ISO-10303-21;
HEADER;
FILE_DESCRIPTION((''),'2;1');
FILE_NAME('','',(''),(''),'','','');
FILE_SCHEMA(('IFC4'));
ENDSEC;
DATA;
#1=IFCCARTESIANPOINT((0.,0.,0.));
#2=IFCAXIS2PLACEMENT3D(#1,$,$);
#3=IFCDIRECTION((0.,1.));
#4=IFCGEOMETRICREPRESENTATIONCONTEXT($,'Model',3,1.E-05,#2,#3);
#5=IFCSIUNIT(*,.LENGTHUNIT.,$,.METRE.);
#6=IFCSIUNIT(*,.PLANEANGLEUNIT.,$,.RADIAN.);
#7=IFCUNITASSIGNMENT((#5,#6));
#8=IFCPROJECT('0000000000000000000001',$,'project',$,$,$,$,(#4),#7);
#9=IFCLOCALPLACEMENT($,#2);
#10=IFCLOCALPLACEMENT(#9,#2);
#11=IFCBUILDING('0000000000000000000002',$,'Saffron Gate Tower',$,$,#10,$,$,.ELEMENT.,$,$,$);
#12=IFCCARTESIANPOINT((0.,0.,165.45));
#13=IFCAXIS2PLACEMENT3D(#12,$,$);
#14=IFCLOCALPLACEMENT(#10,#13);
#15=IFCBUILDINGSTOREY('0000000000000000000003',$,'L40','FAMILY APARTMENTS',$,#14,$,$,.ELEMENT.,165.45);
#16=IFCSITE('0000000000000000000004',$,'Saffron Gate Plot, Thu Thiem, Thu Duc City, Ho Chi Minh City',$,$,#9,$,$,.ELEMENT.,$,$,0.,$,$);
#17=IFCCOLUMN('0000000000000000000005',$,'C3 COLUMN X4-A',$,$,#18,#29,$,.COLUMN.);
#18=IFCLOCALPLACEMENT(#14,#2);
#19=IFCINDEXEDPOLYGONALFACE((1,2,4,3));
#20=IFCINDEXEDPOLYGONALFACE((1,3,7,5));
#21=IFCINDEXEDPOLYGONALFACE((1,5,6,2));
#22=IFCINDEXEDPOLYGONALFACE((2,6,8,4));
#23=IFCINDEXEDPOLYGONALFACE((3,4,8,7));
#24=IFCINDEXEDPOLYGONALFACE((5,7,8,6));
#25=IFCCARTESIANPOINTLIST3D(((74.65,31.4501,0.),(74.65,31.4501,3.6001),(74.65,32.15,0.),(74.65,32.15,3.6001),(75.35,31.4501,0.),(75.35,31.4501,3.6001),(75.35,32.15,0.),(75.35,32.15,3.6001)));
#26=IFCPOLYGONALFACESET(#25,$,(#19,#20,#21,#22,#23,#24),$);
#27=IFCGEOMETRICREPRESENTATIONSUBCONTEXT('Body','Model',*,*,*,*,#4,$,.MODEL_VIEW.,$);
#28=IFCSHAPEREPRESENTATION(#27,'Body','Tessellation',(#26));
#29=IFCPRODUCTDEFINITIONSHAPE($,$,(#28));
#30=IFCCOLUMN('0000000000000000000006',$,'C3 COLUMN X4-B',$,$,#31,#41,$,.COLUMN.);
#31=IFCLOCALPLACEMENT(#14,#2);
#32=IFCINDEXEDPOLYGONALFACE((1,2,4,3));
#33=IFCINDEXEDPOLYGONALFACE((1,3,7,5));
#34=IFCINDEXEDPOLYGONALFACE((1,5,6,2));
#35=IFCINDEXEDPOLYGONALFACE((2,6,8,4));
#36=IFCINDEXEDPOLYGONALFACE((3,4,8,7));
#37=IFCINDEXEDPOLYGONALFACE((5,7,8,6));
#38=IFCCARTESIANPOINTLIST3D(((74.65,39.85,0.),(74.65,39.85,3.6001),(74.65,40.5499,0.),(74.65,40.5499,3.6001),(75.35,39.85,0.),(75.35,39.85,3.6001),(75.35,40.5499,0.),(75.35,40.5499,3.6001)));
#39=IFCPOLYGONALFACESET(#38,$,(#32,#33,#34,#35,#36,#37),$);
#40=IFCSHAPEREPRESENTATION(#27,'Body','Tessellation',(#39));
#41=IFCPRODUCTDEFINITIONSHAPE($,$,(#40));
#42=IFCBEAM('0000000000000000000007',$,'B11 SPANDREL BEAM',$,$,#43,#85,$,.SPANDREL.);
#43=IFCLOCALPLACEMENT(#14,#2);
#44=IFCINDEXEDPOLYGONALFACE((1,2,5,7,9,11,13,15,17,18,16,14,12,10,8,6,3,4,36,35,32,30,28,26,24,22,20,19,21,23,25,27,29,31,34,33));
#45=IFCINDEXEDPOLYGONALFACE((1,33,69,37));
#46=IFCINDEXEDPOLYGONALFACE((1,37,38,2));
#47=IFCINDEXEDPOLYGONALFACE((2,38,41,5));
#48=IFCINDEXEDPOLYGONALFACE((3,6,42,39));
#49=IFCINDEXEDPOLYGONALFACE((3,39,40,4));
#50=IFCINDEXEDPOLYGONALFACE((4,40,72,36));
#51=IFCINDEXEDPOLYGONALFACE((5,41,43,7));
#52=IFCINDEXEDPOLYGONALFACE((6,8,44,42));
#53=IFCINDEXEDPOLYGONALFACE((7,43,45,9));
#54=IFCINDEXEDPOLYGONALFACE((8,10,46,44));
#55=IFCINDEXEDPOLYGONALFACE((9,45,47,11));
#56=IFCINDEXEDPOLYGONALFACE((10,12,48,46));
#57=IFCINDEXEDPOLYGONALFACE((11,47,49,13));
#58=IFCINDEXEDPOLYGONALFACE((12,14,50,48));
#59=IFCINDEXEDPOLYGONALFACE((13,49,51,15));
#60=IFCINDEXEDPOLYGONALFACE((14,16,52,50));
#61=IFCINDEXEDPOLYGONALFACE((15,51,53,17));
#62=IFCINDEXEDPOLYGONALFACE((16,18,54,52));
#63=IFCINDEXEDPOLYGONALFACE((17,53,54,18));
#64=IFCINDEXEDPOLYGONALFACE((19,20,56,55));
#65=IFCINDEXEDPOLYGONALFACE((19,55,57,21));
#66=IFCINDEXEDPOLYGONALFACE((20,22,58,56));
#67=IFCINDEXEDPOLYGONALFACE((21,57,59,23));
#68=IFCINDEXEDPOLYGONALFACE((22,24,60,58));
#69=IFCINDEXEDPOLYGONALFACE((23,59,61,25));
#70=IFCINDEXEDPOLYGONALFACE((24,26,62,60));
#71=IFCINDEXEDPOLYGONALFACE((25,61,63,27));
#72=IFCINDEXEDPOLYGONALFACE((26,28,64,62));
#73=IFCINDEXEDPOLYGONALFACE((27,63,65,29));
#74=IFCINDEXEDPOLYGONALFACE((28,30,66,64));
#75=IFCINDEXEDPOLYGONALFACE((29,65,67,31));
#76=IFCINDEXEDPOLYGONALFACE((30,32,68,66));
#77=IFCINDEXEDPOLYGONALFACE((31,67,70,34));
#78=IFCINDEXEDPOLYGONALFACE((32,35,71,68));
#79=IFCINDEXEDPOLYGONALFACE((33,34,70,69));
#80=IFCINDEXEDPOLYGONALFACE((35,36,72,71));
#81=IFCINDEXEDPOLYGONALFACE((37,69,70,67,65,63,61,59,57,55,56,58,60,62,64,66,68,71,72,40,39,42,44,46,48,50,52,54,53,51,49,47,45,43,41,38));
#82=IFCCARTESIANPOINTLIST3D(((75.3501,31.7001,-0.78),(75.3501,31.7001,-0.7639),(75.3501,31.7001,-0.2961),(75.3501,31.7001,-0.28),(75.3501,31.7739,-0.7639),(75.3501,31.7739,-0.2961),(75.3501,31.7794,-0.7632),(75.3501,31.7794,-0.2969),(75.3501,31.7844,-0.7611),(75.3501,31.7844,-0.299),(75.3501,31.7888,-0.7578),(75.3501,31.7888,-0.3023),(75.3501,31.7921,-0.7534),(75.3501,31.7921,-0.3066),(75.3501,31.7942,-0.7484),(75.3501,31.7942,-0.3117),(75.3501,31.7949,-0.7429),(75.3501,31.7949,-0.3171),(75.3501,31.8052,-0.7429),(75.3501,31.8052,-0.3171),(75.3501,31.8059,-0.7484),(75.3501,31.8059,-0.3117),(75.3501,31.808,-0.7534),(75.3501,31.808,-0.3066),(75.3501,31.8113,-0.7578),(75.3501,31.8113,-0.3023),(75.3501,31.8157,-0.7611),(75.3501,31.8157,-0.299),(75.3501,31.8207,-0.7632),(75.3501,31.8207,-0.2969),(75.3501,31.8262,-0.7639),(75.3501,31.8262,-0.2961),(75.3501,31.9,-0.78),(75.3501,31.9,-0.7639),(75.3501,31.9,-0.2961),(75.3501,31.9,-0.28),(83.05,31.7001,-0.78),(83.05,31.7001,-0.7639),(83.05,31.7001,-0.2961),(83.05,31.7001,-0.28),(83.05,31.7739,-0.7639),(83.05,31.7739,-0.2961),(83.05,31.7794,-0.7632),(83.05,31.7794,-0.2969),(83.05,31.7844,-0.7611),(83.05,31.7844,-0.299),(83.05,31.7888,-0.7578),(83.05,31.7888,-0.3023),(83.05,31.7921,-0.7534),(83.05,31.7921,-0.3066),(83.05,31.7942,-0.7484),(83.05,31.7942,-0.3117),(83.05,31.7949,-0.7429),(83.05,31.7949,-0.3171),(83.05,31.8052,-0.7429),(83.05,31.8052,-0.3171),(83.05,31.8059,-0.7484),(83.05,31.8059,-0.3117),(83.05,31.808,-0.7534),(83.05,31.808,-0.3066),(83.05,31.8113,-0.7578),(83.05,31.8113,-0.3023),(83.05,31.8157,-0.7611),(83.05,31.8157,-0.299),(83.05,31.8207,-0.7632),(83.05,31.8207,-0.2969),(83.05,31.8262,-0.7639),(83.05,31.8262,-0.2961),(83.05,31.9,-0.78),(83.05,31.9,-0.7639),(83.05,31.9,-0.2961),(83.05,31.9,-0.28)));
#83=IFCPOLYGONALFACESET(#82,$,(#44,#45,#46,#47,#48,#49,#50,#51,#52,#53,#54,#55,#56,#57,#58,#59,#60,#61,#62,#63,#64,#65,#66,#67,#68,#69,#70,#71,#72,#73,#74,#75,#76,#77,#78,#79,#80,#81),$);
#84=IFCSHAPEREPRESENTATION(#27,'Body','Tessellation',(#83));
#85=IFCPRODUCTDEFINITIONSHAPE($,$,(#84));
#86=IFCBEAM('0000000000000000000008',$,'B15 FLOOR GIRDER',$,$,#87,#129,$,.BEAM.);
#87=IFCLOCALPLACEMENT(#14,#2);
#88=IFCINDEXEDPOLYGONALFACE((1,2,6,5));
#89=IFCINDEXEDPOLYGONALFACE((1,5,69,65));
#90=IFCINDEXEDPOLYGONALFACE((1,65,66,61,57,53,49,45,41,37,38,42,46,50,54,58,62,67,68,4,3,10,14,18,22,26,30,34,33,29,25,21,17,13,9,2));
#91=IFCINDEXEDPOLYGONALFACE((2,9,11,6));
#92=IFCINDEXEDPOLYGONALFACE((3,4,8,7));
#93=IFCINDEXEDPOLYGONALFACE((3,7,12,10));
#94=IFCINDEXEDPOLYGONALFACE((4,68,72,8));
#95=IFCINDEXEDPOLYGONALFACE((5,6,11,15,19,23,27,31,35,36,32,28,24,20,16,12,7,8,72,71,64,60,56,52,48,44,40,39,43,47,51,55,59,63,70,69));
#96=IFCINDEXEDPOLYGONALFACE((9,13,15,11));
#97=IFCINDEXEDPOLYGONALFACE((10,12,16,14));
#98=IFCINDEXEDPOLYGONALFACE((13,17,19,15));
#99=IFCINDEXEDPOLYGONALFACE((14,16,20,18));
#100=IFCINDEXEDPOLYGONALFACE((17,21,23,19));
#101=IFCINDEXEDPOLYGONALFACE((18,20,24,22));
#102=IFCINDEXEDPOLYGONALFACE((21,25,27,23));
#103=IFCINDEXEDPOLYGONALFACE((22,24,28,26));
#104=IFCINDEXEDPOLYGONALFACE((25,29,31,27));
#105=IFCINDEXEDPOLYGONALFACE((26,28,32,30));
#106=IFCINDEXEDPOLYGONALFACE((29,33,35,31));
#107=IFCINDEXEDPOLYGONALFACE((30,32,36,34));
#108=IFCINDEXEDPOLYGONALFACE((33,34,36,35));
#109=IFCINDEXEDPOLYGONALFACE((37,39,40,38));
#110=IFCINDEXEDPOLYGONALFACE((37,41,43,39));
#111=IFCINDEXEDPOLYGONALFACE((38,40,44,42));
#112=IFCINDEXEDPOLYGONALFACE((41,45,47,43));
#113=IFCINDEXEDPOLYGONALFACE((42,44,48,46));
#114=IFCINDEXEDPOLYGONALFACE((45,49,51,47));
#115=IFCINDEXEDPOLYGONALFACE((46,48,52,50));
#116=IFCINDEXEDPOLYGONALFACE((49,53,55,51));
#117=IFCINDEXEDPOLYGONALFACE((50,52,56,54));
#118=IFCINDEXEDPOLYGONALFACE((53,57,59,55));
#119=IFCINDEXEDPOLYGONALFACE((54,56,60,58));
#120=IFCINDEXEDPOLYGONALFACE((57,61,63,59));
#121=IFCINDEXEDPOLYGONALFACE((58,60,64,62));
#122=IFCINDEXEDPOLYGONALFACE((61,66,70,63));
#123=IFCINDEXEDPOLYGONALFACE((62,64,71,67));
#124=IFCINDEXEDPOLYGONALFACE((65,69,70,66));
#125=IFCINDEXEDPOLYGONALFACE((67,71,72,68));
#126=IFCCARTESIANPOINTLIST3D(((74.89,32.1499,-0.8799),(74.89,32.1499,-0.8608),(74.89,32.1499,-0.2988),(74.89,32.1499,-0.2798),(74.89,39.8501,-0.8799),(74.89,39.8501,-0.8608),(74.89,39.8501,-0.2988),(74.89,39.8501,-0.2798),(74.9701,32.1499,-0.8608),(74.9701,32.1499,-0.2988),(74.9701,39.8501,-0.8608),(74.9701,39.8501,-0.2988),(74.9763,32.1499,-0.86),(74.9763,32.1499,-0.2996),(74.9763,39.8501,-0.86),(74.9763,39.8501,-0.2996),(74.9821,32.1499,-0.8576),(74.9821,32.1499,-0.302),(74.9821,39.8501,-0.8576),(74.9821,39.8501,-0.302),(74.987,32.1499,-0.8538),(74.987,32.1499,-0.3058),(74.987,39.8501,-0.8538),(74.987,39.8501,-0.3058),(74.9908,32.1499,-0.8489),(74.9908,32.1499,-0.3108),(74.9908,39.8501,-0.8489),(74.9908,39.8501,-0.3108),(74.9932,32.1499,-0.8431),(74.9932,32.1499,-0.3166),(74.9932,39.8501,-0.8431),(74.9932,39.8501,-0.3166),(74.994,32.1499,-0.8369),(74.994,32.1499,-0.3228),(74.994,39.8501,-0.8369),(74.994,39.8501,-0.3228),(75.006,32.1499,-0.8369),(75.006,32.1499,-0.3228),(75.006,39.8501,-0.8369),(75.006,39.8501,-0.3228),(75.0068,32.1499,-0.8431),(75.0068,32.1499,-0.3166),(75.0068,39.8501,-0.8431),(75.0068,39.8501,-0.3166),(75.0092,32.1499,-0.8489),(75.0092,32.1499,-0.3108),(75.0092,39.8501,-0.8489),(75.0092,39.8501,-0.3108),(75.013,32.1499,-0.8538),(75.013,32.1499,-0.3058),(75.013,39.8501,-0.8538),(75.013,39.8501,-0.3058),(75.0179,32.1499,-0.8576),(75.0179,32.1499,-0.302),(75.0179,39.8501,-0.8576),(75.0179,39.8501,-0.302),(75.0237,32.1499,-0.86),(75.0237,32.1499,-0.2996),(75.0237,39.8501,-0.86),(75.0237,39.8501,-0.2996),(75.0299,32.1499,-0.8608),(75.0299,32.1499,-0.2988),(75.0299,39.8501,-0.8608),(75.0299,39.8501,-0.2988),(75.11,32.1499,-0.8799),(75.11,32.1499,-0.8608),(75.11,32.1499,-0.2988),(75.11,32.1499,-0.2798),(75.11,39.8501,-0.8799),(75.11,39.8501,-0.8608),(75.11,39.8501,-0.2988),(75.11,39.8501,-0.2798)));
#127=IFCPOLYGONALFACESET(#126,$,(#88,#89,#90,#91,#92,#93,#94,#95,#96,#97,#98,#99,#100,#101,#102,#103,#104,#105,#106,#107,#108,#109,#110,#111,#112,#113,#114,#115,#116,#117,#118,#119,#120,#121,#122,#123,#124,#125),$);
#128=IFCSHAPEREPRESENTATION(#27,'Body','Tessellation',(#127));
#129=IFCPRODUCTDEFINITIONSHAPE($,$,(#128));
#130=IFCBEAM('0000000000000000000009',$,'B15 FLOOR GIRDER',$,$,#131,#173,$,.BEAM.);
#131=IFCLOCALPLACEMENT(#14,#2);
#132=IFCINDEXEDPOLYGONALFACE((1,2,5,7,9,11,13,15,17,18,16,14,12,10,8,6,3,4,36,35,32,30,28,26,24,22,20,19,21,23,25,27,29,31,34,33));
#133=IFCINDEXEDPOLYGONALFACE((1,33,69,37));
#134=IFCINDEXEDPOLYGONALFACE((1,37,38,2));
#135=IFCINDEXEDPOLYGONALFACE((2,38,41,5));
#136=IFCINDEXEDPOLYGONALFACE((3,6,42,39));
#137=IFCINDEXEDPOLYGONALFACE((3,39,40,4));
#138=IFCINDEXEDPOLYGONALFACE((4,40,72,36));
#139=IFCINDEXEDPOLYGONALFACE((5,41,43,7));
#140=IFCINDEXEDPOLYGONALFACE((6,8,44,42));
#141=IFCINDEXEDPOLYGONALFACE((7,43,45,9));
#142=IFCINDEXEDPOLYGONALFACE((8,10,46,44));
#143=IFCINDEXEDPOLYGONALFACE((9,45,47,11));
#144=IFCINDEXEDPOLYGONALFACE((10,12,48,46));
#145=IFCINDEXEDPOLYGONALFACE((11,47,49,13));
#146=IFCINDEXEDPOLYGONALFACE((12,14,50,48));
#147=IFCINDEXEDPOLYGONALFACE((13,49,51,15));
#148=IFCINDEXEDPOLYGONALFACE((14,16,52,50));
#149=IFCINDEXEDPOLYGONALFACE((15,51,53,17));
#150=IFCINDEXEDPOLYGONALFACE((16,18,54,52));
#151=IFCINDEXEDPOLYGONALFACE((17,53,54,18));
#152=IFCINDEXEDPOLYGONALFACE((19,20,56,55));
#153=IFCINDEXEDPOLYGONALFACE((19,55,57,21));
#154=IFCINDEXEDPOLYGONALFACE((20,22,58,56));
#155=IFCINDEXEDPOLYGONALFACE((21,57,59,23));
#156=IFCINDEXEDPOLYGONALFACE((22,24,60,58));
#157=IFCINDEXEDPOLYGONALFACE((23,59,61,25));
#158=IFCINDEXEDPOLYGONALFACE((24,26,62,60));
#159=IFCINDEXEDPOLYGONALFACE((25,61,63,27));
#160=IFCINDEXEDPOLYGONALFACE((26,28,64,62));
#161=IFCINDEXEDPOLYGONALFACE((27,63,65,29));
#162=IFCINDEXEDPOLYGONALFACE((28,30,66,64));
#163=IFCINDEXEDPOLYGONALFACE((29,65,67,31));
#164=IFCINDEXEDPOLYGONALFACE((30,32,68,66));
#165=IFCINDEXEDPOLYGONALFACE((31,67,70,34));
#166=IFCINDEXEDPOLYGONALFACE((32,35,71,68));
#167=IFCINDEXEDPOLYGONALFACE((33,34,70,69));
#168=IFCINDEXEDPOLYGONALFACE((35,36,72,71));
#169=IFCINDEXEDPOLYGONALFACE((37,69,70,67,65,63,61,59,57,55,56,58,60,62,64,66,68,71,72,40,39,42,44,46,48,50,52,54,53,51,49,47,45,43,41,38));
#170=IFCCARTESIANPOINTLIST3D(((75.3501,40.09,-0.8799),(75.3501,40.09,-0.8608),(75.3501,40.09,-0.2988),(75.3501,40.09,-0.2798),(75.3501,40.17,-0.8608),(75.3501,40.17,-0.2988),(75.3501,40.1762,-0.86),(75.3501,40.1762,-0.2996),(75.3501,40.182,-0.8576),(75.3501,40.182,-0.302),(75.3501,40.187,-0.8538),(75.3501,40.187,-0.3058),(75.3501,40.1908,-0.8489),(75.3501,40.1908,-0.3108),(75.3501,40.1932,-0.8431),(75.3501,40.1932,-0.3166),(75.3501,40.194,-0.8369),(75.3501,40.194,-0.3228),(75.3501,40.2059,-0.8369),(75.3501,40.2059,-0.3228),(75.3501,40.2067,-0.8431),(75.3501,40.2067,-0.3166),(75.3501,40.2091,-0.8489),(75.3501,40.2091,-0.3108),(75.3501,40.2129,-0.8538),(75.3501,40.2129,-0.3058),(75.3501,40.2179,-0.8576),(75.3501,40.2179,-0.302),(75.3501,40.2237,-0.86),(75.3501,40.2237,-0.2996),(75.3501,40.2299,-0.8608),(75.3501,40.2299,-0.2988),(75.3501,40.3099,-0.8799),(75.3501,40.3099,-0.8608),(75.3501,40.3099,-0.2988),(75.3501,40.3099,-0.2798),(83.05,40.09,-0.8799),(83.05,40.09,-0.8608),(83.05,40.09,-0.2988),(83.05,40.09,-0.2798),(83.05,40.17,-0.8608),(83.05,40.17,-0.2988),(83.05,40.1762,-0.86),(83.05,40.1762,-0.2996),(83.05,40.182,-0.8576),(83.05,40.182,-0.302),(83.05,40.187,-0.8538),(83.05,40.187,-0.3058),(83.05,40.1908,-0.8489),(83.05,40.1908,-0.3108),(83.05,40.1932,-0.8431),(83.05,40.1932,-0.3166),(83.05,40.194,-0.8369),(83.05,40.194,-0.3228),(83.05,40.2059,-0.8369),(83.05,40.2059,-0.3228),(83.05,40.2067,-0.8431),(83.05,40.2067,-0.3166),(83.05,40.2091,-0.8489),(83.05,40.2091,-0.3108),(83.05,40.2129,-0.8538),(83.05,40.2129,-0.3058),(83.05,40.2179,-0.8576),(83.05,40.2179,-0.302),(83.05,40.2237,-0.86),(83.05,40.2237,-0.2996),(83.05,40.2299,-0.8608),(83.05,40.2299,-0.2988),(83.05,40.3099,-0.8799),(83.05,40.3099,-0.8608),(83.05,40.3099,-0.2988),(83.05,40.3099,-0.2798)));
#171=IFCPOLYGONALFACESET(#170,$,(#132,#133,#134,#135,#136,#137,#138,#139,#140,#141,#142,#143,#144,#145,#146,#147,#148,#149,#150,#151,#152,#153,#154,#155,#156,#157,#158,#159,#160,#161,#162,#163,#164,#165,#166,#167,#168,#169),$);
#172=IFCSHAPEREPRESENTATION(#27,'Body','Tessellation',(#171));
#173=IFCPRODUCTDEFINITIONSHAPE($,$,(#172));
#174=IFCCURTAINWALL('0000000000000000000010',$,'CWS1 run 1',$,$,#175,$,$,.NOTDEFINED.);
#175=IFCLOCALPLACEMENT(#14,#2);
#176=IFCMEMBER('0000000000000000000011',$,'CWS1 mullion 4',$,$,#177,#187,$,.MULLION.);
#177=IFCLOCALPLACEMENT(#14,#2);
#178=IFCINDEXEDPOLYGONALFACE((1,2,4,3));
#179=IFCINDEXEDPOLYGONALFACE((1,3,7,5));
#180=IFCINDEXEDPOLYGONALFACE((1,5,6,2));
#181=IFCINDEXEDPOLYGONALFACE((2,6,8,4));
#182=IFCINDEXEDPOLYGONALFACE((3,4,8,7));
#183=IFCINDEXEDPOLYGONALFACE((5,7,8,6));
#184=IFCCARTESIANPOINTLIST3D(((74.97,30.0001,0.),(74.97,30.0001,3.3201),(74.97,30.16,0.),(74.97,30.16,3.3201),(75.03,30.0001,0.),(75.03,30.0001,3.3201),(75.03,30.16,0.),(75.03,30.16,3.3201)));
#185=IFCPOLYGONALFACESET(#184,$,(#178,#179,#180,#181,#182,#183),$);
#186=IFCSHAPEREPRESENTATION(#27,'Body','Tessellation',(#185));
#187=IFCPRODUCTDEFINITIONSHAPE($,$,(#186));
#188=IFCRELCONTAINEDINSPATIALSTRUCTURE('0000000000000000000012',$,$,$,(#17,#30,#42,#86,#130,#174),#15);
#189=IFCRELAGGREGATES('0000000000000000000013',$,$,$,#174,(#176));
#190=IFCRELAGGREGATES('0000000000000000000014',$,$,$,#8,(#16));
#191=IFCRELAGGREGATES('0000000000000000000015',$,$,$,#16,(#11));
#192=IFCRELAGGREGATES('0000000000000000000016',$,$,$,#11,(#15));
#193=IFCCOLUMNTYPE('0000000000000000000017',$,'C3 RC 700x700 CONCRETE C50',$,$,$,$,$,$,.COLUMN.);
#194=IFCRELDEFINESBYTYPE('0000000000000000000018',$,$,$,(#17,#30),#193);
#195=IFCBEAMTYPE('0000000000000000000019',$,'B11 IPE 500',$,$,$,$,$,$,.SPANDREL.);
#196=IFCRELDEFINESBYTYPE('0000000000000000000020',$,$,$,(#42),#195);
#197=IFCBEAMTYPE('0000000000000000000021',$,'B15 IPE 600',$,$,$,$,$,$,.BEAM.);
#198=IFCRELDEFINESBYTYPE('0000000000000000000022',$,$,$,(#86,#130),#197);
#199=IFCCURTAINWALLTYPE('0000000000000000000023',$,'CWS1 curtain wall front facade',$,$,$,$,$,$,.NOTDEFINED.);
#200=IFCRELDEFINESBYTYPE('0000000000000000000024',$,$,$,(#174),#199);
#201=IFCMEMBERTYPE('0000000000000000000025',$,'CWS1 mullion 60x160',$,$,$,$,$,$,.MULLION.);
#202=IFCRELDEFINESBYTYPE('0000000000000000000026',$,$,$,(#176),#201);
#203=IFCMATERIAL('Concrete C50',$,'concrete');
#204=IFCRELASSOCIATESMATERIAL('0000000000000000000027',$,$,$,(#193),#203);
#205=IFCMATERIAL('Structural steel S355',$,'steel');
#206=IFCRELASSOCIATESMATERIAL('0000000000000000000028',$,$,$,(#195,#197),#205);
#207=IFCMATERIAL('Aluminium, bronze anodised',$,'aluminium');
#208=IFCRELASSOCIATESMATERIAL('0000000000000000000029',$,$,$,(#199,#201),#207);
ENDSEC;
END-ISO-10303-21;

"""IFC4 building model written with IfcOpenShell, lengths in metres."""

from ifc_helpers import new_model, si_unit, direction, frame, origin, origin_2d, place, context, subcontext, project, spatial, rectangle, i_section, extrude, material, material_profile, profile_set, type_object, element, aggregate, save


model = new_model("IFC4")

# Units and contexts
model_context = context("Model", 3, precision=1e-05, world=origin(), true_north=direction((0.0, 1.0)))
body_context = subcontext(model_context, "Body", "Model", "MODEL_VIEW")
ifc_project = project(units=[si_unit("LENGTHUNIT", "METRE"), si_unit("PLANEANGLEUNIT", "RADIAN")], contexts=[model_context])

# Site, building, storey
site_placement = place(None, origin())
site = spatial("IfcSite", under=ifc_project, at=site_placement, Name="Saffron Gate Plot, Thu Thiem, Thu Duc City, Ho Chi Minh City", CompositionType="ELEMENT", RefElevation=0.0)
building_placement = place(site_placement, origin())
building = spatial("IfcBuilding", under=site, at=building_placement, Name="Saffron Gate Tower", CompositionType="ELEMENT")
storey_placement = place(building_placement, frame((0.0, 0.0, 165.45)))
storey = spatial("IfcBuildingStorey", under=building, at=storey_placement, Name="L40", Description="FAMILY APARTMENTS", CompositionType="ELEMENT", Elevation=165.45)

# Columns
ifc_material_1 = material(Name="Concrete C50", Category="concrete")
ifc_material_profile_1 = material_profile(ifc_material_1, rectangle(XDim=0.7, YDim=0.7, at=origin_2d()))
ifc_profile_set_1 = profile_set([ifc_material_profile_1], Name="Concrete C50")
column_type = type_object("IfcColumnType", Name="C3 RC 700x700 CONCRETE C50", PredefinedType="COLUMN", material=ifc_profile_set_1)
for number, where, z_axis, x_axis, name in (
    (1, (75.0, 31.8, 0.0), (0.0, 0.0, 1.0), (1.0, 0.0, 0.0), "C3 COLUMN X4-A"),
    (2, (75.0, 40.2, 0.0), (0.0, 0.0, 1.0), (1.0, 0.0, 0.0), "C3 COLUMN X4-B"),
):
    element("IfcColumn", number, at=place(storey_placement, frame(where, z_axis=z_axis, x_axis=x_axis)), inside=storey, type_object=column_type, Name=name, PredefinedType="COLUMN", context=body_context, shape_type="SweptSolid", body=[
        extrude(rectangle(XDim=0.7, YDim=0.7, at=origin_2d()), origin(), (0.0, 0.0, 1.0), 3.6001),
    ])

# Beams
ifc_material_2 = material(Name="Structural steel S355", Category="steel")
ifc_material_profile_2 = material_profile(ifc_material_2, i_section(OverallWidth=0.2, OverallDepth=0.5, WebThickness=0.0103, FlangeThickness=0.0161, FilletRadius=0.021, at=origin_2d()))
ifc_profile_set_2 = profile_set([ifc_material_profile_2], Name="Structural steel S355")
beam_type_1 = type_object("IfcBeamType", Name="B11 IPE 500", PredefinedType="SPANDREL", material=ifc_profile_set_2)
beam_1_placement = place(storey_placement, frame((75.3501, 31.8, -0.53), z_axis=(1.0, 0.0, 0.0), x_axis=(0.0, 1.0, 0.0)))
element("IfcBeam", 3, at=beam_1_placement, inside=storey, type_object=beam_type_1, Name="B11 SPANDREL BEAM", PredefinedType="SPANDREL", context=body_context, shape_type="SweptSolid", body=[
    extrude(i_section(OverallWidth=0.2, OverallDepth=0.5, WebThickness=0.0103, FlangeThickness=0.0161, FilletRadius=0.021, at=origin_2d()), origin(), (0.0, 0.0, 1.0), 7.7),
])
ifc_material_profile_3 = material_profile(ifc_material_2, i_section(OverallWidth=0.22, OverallDepth=0.6001, WebThickness=0.012, FlangeThickness=0.019, FilletRadius=0.0239, at=origin_2d()))
ifc_profile_set_3 = profile_set([ifc_material_profile_3], Name="Structural steel S355")
beam_type_2 = type_object("IfcBeamType", Name="B15 IPE 600", PredefinedType="BEAM", material=ifc_profile_set_3)
beam_2_placement = place(storey_placement, frame((75.0, 32.1499, -0.5798), z_axis=(0.0, 1.0, 0.0), x_axis=(-1.0, 0.0, 0.0)))
element("IfcBeam", 4, at=beam_2_placement, inside=storey, type_object=beam_type_2, Name="B15 FLOOR GIRDER", PredefinedType="BEAM", context=body_context, shape_type="SweptSolid", body=[
    extrude(i_section(OverallWidth=0.22, OverallDepth=0.6001, WebThickness=0.012, FlangeThickness=0.019, FilletRadius=0.0239, at=origin_2d()), origin(), (0.0, 0.0, 1.0), 7.7002),
])
beam_3_placement = place(storey_placement, frame((75.3501, 40.2, -0.5798), z_axis=(1.0, 0.0, 0.0), x_axis=(0.0, 1.0, 0.0)))
element("IfcBeam", 5, at=beam_3_placement, inside=storey, type_object=beam_type_2, Name="B15 FLOOR GIRDER", PredefinedType="BEAM", context=body_context, shape_type="SweptSolid", body=[
    extrude(i_section(OverallWidth=0.22, OverallDepth=0.6001, WebThickness=0.012, FlangeThickness=0.019, FilletRadius=0.0239, at=origin_2d()), origin(), (0.0, 0.0, 1.0), 7.7),
])

# Curtain wall, member
ifc_material_3 = material(Name="Aluminium, bronze anodised", Category="aluminium")
curtain_wall_type = type_object("IfcCurtainWallType", Name="CWS1 curtain wall front facade", PredefinedType="NOTDEFINED", material=ifc_material_3)
curtain_wall_placement = place(storey_placement, origin())
curtain_wall = element("IfcCurtainWall", 6, at=curtain_wall_placement, inside=storey, type_object=curtain_wall_type, Name="CWS1 run 1", PredefinedType="NOTDEFINED")
ifc_material_profile_4 = material_profile(ifc_material_3, rectangle(XDim=0.1599, YDim=0.0601, at=origin_2d()))
ifc_profile_set_4 = profile_set([ifc_material_profile_4], Name="Aluminium, bronze anodised")
member_type = type_object("IfcMemberType", Name="CWS1 mullion 60x160", PredefinedType="MULLION", material=ifc_profile_set_4)
member_placement = place(storey_placement, frame((75.0, 30.0801, 0.0), z_axis=(0.0, 0.0, 1.0), x_axis=(0.0, 1.0, 0.0)))
member = element("IfcMember", 7, at=member_placement, type_object=member_type, Name="CWS1 mullion 4", PredefinedType="MULLION", context=body_context, shape_type="SweptSolid", body=[
    extrude(rectangle(XDim=0.1599, YDim=0.0601, at=origin_2d()), origin(), (0.0, 0.0, 1.0), 3.3201),
])
aggregate(curtain_wall, [member])

save(model, "model.ifc")
